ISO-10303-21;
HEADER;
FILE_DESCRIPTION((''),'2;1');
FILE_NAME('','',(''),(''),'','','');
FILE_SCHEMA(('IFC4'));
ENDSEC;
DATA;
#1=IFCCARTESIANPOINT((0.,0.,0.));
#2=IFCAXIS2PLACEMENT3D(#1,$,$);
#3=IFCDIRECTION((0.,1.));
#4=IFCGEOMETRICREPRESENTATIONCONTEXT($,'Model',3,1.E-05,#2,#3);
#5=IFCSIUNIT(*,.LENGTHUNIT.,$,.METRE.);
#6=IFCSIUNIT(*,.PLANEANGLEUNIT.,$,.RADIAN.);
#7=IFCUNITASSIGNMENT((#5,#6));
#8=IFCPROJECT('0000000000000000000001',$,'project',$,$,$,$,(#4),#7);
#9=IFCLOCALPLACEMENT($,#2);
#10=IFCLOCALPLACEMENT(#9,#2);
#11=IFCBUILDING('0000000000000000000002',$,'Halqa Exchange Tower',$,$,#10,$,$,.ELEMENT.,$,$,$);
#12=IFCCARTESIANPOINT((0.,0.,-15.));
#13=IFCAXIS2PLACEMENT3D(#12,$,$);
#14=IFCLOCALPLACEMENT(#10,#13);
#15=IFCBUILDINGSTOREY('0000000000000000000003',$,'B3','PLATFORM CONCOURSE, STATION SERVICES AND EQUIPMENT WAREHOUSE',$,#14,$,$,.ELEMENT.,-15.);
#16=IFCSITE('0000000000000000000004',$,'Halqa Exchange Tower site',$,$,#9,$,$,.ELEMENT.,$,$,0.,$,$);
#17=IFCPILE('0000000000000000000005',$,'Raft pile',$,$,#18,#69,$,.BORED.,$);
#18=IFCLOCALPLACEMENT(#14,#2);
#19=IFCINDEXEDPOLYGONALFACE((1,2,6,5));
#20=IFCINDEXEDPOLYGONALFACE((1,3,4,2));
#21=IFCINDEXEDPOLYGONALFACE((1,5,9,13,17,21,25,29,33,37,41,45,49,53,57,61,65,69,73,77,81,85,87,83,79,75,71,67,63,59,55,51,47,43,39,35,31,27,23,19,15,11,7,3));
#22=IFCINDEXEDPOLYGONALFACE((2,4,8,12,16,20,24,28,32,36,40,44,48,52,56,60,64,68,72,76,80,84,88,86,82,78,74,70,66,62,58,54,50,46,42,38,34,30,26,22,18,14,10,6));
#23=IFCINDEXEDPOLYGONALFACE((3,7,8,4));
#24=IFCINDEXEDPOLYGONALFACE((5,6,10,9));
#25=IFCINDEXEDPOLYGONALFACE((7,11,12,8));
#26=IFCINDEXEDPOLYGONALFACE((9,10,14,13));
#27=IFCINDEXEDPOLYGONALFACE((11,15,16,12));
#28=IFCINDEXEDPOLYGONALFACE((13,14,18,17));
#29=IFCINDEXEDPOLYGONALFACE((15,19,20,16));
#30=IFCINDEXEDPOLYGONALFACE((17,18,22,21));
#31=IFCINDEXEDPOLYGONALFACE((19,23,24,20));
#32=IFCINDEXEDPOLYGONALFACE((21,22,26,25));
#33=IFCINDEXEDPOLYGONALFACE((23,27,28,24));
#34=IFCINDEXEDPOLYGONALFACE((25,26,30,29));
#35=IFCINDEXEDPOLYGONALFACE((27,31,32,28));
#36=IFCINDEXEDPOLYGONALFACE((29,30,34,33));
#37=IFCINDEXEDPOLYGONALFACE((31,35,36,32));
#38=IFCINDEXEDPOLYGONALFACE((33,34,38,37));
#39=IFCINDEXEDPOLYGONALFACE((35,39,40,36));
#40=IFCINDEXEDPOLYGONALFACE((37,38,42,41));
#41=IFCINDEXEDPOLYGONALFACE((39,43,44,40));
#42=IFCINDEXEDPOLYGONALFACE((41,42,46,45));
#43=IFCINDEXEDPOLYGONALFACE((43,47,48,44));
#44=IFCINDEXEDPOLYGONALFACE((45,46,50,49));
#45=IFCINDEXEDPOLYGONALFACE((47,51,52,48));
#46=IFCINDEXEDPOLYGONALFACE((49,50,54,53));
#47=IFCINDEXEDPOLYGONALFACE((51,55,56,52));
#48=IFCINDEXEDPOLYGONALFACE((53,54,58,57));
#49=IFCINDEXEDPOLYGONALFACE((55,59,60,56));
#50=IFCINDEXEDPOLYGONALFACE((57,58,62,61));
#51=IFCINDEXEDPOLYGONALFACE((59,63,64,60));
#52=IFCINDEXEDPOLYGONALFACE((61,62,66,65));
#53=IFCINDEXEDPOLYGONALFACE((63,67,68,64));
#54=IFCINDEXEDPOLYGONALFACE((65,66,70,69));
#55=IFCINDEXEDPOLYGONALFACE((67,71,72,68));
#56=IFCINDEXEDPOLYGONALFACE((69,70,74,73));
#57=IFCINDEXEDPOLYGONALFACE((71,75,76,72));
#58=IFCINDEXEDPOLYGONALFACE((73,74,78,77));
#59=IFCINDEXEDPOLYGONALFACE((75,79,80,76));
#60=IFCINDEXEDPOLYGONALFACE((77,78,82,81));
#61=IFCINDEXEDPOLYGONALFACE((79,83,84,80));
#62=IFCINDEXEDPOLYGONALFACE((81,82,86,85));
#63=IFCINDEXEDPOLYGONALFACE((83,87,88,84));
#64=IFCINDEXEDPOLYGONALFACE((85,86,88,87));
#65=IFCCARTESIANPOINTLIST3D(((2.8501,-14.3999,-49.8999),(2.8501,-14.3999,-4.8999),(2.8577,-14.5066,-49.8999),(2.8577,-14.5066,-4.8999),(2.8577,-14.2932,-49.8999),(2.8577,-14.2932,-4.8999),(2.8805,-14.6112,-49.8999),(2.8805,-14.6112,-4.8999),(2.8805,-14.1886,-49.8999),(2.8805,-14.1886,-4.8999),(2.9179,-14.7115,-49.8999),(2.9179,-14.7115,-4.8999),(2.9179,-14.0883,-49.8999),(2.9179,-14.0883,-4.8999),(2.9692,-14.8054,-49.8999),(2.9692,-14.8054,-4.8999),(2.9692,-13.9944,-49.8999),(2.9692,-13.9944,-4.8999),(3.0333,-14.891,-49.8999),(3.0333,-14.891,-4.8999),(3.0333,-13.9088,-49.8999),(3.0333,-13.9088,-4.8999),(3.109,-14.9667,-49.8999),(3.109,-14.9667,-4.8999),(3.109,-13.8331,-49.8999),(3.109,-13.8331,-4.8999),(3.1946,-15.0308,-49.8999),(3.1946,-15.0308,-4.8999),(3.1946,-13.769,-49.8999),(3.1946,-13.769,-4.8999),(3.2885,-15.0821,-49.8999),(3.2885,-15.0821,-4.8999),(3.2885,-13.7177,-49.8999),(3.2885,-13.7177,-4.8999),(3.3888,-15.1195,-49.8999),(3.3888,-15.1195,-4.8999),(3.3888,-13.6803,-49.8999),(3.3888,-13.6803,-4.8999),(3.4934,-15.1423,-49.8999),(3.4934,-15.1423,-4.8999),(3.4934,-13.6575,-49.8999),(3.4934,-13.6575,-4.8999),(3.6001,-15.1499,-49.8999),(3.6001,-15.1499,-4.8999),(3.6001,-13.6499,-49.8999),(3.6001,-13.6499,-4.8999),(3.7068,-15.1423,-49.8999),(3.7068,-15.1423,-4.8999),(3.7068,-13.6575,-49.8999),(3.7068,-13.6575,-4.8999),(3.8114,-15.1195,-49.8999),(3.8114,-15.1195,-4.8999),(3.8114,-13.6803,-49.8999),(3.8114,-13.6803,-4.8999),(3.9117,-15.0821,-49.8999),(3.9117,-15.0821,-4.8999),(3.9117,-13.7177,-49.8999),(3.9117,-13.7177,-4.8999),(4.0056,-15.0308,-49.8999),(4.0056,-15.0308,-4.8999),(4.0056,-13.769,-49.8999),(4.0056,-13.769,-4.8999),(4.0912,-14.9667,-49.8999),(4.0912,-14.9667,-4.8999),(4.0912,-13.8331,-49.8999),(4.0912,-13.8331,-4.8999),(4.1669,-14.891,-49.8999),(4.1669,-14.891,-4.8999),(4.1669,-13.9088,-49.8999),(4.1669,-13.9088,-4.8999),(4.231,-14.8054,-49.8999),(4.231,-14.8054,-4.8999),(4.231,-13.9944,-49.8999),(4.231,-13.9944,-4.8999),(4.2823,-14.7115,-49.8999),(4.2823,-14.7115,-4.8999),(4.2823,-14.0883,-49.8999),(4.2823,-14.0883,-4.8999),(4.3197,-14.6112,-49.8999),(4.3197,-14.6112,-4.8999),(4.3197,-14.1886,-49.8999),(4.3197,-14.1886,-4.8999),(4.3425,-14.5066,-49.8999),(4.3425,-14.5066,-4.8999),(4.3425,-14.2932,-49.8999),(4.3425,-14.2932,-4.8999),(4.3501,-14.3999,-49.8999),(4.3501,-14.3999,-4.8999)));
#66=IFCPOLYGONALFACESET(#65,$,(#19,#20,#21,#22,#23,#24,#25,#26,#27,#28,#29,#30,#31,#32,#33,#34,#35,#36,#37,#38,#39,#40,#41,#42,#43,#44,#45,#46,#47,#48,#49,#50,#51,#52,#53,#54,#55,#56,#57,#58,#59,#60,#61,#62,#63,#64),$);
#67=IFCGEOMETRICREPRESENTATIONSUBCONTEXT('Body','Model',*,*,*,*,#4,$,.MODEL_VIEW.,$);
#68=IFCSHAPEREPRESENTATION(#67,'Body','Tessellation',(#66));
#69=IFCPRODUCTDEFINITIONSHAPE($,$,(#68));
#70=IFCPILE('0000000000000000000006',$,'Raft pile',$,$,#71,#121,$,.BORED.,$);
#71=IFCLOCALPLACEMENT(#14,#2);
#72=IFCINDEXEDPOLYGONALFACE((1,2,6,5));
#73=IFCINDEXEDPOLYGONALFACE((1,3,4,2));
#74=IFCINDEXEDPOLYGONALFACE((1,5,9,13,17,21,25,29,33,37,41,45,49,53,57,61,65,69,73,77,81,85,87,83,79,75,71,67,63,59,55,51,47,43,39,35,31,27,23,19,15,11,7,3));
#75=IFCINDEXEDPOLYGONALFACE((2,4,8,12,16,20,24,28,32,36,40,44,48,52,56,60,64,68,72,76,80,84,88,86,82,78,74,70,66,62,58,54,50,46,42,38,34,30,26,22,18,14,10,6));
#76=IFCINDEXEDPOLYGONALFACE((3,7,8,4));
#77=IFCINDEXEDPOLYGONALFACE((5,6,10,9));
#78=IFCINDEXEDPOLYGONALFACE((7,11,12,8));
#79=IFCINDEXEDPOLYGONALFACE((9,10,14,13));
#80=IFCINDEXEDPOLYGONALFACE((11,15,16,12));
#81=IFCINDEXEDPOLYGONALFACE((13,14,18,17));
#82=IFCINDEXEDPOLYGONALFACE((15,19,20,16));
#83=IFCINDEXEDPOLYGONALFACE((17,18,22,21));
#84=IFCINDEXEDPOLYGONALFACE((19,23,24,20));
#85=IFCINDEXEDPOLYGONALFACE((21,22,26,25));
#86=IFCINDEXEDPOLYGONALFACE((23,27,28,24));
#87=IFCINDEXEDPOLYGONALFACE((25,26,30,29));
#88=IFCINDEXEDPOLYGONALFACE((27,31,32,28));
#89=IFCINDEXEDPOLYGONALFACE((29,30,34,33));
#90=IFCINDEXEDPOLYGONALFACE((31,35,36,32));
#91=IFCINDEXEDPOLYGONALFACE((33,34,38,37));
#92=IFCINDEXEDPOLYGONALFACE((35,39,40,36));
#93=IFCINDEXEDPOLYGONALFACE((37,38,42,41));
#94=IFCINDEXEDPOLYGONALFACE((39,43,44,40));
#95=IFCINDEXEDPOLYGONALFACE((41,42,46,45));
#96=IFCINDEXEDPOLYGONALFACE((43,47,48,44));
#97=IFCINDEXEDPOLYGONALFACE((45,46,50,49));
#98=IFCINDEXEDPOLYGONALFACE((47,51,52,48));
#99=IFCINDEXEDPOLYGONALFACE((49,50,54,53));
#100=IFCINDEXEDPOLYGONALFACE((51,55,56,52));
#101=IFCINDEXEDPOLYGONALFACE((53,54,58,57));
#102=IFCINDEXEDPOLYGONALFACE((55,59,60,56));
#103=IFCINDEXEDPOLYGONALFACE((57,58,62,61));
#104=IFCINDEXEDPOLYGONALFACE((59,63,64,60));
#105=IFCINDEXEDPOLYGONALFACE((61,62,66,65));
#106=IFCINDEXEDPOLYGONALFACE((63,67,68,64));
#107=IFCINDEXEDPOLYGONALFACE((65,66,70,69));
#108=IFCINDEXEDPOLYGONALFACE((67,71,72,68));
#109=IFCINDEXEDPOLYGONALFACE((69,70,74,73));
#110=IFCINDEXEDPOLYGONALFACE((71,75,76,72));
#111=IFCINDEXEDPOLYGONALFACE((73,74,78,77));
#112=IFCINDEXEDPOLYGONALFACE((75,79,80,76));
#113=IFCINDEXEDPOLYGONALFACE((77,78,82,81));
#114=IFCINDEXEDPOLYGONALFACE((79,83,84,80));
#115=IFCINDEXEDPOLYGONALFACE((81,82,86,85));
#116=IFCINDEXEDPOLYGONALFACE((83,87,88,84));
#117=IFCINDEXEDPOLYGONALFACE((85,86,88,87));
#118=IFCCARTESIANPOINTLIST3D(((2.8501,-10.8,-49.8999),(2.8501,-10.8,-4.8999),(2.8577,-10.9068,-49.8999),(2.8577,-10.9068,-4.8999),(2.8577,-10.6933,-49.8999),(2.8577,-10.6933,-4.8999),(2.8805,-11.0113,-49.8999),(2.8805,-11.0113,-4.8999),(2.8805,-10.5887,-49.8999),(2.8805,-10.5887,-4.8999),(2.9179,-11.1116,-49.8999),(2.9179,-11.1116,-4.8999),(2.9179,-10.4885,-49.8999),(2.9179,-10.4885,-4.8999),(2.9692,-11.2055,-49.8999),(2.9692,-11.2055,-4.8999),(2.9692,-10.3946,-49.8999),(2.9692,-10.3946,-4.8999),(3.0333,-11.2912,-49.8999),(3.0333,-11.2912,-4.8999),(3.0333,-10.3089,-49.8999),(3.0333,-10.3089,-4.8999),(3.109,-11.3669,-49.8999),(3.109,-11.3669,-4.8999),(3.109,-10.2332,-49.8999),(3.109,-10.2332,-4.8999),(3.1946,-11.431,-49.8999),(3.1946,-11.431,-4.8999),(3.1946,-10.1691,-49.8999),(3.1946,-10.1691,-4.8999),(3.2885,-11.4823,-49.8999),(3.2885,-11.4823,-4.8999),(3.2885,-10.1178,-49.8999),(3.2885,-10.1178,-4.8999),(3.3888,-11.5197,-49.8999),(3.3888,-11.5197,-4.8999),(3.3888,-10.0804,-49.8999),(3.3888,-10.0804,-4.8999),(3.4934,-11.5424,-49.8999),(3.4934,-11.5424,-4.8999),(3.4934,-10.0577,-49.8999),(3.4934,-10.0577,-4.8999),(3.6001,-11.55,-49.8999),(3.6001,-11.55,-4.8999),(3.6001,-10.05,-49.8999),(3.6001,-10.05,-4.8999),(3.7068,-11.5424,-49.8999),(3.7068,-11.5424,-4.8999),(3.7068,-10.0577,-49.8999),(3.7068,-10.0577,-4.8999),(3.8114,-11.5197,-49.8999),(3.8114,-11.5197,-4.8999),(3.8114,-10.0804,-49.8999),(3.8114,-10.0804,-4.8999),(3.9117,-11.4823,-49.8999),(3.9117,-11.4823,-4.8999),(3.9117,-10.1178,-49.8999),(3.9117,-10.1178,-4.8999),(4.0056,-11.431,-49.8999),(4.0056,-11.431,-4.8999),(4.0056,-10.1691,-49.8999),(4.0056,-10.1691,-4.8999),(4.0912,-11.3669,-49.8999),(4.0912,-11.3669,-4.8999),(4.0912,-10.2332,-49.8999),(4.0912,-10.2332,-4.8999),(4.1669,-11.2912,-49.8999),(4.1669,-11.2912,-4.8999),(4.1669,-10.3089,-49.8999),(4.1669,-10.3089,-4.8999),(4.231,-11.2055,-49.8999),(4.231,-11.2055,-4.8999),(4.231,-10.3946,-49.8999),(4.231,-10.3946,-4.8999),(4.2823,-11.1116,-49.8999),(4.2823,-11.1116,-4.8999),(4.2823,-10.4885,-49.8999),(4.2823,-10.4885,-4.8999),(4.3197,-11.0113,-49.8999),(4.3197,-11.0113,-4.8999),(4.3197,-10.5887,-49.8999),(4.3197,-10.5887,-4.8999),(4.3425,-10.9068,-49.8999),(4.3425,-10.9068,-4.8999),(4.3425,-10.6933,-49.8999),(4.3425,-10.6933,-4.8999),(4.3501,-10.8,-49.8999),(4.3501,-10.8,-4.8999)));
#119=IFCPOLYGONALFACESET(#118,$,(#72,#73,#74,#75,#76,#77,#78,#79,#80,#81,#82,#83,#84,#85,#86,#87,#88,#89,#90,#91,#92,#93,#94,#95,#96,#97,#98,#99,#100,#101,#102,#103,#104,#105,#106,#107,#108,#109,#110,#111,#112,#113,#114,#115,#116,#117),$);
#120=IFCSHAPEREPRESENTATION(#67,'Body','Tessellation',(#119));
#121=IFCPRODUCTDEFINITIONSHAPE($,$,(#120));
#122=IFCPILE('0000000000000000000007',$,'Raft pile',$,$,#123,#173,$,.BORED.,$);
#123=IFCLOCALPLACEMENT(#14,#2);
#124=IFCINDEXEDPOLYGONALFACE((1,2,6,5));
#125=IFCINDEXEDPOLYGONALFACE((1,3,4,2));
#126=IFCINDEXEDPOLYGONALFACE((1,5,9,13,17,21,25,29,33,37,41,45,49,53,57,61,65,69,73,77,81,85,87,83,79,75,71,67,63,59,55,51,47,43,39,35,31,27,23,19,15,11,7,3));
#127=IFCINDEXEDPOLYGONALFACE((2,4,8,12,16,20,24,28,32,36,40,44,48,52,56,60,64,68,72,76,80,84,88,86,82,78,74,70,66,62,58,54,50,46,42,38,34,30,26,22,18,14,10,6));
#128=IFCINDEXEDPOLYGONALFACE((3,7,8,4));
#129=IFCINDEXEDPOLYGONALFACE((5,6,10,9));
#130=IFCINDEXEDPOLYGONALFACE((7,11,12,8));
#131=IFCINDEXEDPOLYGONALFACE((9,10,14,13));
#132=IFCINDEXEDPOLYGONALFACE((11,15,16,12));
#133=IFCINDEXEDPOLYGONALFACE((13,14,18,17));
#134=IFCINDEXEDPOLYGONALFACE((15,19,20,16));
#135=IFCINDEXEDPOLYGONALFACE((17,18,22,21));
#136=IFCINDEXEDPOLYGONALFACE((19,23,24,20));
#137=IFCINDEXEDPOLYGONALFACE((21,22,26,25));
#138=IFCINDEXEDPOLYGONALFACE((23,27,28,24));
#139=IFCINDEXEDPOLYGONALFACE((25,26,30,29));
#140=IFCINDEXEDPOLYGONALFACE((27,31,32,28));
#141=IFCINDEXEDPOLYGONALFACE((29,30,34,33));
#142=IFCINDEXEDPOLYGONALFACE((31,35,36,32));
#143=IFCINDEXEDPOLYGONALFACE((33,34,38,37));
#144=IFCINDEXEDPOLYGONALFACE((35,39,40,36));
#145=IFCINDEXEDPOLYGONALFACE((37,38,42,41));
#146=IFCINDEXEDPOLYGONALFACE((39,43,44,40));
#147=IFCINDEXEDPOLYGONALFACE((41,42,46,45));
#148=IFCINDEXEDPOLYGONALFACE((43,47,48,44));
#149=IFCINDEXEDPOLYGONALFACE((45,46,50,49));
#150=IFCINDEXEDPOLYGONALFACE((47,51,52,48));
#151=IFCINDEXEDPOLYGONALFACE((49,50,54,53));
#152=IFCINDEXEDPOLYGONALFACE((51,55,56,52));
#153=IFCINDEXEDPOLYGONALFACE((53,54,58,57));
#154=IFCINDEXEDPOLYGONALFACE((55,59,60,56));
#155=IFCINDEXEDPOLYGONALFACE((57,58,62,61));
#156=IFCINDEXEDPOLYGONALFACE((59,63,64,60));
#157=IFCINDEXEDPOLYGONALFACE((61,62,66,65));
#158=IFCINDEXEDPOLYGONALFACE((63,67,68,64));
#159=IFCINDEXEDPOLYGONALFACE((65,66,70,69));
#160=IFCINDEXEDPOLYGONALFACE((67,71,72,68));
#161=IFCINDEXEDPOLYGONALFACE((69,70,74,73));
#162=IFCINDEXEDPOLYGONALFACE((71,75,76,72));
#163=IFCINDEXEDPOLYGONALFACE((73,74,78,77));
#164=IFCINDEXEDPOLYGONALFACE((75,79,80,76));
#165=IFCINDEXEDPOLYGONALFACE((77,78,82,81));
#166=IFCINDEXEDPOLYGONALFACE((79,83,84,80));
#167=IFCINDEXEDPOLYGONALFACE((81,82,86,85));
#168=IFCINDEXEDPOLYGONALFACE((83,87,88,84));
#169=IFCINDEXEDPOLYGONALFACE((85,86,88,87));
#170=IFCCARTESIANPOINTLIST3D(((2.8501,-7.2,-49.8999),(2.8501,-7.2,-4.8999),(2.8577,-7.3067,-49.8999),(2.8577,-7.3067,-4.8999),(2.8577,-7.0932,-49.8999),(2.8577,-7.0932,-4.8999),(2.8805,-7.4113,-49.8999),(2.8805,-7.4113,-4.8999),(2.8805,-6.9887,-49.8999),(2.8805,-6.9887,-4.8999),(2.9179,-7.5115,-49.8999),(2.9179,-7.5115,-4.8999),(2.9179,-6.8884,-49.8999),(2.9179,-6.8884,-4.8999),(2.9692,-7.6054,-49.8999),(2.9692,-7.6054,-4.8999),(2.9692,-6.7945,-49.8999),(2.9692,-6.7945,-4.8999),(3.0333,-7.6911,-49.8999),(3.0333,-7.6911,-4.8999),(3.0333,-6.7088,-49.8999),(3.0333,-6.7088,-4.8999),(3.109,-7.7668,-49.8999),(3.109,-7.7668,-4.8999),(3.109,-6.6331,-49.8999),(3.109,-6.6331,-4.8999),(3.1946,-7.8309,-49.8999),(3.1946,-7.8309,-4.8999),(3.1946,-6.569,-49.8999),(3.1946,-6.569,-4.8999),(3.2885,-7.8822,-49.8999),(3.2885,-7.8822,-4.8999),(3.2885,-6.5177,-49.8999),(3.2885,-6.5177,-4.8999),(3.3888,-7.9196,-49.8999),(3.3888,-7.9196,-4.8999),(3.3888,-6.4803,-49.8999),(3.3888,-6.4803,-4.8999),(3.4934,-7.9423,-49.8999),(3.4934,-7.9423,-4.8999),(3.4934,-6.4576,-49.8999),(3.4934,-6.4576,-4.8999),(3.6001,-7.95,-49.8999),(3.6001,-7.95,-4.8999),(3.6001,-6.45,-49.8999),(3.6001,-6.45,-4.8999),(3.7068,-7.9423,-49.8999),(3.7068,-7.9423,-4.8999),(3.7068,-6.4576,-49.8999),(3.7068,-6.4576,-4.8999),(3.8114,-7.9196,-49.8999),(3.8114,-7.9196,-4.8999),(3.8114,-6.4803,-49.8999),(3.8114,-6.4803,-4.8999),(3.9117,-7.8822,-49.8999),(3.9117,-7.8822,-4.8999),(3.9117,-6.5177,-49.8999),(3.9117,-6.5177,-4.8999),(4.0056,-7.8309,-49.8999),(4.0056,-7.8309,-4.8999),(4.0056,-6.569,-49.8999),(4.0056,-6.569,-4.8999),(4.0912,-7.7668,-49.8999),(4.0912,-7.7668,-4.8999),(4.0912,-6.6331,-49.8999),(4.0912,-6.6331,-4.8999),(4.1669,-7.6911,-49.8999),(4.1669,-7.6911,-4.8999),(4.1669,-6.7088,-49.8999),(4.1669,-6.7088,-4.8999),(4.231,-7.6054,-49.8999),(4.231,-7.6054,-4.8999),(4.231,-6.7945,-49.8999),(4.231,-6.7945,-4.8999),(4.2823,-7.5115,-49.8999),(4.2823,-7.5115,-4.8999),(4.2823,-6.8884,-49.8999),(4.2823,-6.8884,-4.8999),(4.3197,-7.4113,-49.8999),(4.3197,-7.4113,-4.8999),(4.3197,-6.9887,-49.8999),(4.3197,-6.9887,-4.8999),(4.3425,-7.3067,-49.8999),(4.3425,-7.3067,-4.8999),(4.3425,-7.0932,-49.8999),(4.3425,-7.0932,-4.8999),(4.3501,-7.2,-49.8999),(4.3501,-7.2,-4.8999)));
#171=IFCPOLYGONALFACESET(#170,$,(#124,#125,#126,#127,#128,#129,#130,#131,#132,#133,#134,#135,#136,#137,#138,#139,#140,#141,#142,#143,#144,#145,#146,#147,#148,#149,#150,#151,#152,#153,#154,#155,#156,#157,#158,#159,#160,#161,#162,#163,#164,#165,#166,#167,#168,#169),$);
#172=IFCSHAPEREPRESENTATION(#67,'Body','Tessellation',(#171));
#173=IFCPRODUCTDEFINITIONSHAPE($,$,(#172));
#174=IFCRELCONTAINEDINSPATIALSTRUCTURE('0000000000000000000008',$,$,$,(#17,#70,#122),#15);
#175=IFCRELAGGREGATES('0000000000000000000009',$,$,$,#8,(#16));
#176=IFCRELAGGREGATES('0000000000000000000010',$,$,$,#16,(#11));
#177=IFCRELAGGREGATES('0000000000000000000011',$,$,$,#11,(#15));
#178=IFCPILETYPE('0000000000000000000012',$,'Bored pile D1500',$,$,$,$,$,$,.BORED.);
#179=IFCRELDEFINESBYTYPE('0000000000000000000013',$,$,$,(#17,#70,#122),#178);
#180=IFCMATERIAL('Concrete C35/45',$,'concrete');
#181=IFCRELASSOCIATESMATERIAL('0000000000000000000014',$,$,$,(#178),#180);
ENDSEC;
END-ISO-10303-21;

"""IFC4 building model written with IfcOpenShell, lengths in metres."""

from ifc_helpers import new_model, si_unit, direction, frame, origin, origin_2d, place, context, subcontext, project, spatial, circle, extrude, material, material_profile, profile_set, type_object, element, save


model = new_model("IFC4")

# Units and contexts
model_context = context("Model", 3, precision=1e-05, world=origin(), true_north=direction((0.0, 1.0)))
body_context = subcontext(model_context, "Body", "Model", "MODEL_VIEW")
ifc_project = project(units=[si_unit("LENGTHUNIT", "METRE"), si_unit("PLANEANGLEUNIT", "RADIAN")], contexts=[model_context])

# Site, building, storey
site_placement = place(None, origin())
site = spatial("IfcSite", under=ifc_project, at=site_placement, Name="Halqa Exchange Tower site", CompositionType="ELEMENT", RefElevation=0.0)
building_placement = place(site_placement, origin())
building = spatial("IfcBuilding", under=site, at=building_placement, Name="Halqa Exchange Tower", CompositionType="ELEMENT")
storey_placement = place(building_placement, frame((0.0, 0.0, -15.0)))
storey = spatial("IfcBuildingStorey", under=building, at=storey_placement, Name="B3", Description="PLATFORM CONCOURSE, STATION SERVICES AND EQUIPMENT WAREHOUSE", CompositionType="ELEMENT", Elevation=-15.0)

# Piles
ifc_material_1 = material(Name="Concrete C35/45", Category="concrete")
ifc_material_profile = material_profile(ifc_material_1, circle(Radius=0.75, at=origin_2d()), Name="D1500")
ifc_profile_set = profile_set([ifc_material_profile], Name="Concrete C35/45")
pile_type = type_object("IfcPileType", Name="Bored pile D1500", PredefinedType="BORED", material=ifc_profile_set)
for number, where, z_axis, x_axis, name in (
    (1, (3.6001, -14.3999, -4.8999), (0.0, 0.0, -1.0), (1.0, 0.0, 0.0), "Raft pile"),
    (2, (3.6001, -10.8, -4.8999), (0.0, 0.0, -1.0), (1.0, 0.0, 0.0), "Raft pile"),
    (3, (3.6001, -7.2, -4.8999), (0.0, 0.0, -1.0), (1.0, 0.0, 0.0), "Raft pile"),
):
    element("IfcPile", number, at=place(storey_placement, frame(where, z_axis=z_axis, x_axis=x_axis)), inside=storey, type_object=pile_type, Name=name, PredefinedType="BORED", context=body_context, shape_type="SweptSolid", body=[
        extrude(circle(Radius=0.75, at=origin_2d()), origin(), (0.0, 0.0, 1.0), 45.0),
    ])

save(model, "model.ifc")
